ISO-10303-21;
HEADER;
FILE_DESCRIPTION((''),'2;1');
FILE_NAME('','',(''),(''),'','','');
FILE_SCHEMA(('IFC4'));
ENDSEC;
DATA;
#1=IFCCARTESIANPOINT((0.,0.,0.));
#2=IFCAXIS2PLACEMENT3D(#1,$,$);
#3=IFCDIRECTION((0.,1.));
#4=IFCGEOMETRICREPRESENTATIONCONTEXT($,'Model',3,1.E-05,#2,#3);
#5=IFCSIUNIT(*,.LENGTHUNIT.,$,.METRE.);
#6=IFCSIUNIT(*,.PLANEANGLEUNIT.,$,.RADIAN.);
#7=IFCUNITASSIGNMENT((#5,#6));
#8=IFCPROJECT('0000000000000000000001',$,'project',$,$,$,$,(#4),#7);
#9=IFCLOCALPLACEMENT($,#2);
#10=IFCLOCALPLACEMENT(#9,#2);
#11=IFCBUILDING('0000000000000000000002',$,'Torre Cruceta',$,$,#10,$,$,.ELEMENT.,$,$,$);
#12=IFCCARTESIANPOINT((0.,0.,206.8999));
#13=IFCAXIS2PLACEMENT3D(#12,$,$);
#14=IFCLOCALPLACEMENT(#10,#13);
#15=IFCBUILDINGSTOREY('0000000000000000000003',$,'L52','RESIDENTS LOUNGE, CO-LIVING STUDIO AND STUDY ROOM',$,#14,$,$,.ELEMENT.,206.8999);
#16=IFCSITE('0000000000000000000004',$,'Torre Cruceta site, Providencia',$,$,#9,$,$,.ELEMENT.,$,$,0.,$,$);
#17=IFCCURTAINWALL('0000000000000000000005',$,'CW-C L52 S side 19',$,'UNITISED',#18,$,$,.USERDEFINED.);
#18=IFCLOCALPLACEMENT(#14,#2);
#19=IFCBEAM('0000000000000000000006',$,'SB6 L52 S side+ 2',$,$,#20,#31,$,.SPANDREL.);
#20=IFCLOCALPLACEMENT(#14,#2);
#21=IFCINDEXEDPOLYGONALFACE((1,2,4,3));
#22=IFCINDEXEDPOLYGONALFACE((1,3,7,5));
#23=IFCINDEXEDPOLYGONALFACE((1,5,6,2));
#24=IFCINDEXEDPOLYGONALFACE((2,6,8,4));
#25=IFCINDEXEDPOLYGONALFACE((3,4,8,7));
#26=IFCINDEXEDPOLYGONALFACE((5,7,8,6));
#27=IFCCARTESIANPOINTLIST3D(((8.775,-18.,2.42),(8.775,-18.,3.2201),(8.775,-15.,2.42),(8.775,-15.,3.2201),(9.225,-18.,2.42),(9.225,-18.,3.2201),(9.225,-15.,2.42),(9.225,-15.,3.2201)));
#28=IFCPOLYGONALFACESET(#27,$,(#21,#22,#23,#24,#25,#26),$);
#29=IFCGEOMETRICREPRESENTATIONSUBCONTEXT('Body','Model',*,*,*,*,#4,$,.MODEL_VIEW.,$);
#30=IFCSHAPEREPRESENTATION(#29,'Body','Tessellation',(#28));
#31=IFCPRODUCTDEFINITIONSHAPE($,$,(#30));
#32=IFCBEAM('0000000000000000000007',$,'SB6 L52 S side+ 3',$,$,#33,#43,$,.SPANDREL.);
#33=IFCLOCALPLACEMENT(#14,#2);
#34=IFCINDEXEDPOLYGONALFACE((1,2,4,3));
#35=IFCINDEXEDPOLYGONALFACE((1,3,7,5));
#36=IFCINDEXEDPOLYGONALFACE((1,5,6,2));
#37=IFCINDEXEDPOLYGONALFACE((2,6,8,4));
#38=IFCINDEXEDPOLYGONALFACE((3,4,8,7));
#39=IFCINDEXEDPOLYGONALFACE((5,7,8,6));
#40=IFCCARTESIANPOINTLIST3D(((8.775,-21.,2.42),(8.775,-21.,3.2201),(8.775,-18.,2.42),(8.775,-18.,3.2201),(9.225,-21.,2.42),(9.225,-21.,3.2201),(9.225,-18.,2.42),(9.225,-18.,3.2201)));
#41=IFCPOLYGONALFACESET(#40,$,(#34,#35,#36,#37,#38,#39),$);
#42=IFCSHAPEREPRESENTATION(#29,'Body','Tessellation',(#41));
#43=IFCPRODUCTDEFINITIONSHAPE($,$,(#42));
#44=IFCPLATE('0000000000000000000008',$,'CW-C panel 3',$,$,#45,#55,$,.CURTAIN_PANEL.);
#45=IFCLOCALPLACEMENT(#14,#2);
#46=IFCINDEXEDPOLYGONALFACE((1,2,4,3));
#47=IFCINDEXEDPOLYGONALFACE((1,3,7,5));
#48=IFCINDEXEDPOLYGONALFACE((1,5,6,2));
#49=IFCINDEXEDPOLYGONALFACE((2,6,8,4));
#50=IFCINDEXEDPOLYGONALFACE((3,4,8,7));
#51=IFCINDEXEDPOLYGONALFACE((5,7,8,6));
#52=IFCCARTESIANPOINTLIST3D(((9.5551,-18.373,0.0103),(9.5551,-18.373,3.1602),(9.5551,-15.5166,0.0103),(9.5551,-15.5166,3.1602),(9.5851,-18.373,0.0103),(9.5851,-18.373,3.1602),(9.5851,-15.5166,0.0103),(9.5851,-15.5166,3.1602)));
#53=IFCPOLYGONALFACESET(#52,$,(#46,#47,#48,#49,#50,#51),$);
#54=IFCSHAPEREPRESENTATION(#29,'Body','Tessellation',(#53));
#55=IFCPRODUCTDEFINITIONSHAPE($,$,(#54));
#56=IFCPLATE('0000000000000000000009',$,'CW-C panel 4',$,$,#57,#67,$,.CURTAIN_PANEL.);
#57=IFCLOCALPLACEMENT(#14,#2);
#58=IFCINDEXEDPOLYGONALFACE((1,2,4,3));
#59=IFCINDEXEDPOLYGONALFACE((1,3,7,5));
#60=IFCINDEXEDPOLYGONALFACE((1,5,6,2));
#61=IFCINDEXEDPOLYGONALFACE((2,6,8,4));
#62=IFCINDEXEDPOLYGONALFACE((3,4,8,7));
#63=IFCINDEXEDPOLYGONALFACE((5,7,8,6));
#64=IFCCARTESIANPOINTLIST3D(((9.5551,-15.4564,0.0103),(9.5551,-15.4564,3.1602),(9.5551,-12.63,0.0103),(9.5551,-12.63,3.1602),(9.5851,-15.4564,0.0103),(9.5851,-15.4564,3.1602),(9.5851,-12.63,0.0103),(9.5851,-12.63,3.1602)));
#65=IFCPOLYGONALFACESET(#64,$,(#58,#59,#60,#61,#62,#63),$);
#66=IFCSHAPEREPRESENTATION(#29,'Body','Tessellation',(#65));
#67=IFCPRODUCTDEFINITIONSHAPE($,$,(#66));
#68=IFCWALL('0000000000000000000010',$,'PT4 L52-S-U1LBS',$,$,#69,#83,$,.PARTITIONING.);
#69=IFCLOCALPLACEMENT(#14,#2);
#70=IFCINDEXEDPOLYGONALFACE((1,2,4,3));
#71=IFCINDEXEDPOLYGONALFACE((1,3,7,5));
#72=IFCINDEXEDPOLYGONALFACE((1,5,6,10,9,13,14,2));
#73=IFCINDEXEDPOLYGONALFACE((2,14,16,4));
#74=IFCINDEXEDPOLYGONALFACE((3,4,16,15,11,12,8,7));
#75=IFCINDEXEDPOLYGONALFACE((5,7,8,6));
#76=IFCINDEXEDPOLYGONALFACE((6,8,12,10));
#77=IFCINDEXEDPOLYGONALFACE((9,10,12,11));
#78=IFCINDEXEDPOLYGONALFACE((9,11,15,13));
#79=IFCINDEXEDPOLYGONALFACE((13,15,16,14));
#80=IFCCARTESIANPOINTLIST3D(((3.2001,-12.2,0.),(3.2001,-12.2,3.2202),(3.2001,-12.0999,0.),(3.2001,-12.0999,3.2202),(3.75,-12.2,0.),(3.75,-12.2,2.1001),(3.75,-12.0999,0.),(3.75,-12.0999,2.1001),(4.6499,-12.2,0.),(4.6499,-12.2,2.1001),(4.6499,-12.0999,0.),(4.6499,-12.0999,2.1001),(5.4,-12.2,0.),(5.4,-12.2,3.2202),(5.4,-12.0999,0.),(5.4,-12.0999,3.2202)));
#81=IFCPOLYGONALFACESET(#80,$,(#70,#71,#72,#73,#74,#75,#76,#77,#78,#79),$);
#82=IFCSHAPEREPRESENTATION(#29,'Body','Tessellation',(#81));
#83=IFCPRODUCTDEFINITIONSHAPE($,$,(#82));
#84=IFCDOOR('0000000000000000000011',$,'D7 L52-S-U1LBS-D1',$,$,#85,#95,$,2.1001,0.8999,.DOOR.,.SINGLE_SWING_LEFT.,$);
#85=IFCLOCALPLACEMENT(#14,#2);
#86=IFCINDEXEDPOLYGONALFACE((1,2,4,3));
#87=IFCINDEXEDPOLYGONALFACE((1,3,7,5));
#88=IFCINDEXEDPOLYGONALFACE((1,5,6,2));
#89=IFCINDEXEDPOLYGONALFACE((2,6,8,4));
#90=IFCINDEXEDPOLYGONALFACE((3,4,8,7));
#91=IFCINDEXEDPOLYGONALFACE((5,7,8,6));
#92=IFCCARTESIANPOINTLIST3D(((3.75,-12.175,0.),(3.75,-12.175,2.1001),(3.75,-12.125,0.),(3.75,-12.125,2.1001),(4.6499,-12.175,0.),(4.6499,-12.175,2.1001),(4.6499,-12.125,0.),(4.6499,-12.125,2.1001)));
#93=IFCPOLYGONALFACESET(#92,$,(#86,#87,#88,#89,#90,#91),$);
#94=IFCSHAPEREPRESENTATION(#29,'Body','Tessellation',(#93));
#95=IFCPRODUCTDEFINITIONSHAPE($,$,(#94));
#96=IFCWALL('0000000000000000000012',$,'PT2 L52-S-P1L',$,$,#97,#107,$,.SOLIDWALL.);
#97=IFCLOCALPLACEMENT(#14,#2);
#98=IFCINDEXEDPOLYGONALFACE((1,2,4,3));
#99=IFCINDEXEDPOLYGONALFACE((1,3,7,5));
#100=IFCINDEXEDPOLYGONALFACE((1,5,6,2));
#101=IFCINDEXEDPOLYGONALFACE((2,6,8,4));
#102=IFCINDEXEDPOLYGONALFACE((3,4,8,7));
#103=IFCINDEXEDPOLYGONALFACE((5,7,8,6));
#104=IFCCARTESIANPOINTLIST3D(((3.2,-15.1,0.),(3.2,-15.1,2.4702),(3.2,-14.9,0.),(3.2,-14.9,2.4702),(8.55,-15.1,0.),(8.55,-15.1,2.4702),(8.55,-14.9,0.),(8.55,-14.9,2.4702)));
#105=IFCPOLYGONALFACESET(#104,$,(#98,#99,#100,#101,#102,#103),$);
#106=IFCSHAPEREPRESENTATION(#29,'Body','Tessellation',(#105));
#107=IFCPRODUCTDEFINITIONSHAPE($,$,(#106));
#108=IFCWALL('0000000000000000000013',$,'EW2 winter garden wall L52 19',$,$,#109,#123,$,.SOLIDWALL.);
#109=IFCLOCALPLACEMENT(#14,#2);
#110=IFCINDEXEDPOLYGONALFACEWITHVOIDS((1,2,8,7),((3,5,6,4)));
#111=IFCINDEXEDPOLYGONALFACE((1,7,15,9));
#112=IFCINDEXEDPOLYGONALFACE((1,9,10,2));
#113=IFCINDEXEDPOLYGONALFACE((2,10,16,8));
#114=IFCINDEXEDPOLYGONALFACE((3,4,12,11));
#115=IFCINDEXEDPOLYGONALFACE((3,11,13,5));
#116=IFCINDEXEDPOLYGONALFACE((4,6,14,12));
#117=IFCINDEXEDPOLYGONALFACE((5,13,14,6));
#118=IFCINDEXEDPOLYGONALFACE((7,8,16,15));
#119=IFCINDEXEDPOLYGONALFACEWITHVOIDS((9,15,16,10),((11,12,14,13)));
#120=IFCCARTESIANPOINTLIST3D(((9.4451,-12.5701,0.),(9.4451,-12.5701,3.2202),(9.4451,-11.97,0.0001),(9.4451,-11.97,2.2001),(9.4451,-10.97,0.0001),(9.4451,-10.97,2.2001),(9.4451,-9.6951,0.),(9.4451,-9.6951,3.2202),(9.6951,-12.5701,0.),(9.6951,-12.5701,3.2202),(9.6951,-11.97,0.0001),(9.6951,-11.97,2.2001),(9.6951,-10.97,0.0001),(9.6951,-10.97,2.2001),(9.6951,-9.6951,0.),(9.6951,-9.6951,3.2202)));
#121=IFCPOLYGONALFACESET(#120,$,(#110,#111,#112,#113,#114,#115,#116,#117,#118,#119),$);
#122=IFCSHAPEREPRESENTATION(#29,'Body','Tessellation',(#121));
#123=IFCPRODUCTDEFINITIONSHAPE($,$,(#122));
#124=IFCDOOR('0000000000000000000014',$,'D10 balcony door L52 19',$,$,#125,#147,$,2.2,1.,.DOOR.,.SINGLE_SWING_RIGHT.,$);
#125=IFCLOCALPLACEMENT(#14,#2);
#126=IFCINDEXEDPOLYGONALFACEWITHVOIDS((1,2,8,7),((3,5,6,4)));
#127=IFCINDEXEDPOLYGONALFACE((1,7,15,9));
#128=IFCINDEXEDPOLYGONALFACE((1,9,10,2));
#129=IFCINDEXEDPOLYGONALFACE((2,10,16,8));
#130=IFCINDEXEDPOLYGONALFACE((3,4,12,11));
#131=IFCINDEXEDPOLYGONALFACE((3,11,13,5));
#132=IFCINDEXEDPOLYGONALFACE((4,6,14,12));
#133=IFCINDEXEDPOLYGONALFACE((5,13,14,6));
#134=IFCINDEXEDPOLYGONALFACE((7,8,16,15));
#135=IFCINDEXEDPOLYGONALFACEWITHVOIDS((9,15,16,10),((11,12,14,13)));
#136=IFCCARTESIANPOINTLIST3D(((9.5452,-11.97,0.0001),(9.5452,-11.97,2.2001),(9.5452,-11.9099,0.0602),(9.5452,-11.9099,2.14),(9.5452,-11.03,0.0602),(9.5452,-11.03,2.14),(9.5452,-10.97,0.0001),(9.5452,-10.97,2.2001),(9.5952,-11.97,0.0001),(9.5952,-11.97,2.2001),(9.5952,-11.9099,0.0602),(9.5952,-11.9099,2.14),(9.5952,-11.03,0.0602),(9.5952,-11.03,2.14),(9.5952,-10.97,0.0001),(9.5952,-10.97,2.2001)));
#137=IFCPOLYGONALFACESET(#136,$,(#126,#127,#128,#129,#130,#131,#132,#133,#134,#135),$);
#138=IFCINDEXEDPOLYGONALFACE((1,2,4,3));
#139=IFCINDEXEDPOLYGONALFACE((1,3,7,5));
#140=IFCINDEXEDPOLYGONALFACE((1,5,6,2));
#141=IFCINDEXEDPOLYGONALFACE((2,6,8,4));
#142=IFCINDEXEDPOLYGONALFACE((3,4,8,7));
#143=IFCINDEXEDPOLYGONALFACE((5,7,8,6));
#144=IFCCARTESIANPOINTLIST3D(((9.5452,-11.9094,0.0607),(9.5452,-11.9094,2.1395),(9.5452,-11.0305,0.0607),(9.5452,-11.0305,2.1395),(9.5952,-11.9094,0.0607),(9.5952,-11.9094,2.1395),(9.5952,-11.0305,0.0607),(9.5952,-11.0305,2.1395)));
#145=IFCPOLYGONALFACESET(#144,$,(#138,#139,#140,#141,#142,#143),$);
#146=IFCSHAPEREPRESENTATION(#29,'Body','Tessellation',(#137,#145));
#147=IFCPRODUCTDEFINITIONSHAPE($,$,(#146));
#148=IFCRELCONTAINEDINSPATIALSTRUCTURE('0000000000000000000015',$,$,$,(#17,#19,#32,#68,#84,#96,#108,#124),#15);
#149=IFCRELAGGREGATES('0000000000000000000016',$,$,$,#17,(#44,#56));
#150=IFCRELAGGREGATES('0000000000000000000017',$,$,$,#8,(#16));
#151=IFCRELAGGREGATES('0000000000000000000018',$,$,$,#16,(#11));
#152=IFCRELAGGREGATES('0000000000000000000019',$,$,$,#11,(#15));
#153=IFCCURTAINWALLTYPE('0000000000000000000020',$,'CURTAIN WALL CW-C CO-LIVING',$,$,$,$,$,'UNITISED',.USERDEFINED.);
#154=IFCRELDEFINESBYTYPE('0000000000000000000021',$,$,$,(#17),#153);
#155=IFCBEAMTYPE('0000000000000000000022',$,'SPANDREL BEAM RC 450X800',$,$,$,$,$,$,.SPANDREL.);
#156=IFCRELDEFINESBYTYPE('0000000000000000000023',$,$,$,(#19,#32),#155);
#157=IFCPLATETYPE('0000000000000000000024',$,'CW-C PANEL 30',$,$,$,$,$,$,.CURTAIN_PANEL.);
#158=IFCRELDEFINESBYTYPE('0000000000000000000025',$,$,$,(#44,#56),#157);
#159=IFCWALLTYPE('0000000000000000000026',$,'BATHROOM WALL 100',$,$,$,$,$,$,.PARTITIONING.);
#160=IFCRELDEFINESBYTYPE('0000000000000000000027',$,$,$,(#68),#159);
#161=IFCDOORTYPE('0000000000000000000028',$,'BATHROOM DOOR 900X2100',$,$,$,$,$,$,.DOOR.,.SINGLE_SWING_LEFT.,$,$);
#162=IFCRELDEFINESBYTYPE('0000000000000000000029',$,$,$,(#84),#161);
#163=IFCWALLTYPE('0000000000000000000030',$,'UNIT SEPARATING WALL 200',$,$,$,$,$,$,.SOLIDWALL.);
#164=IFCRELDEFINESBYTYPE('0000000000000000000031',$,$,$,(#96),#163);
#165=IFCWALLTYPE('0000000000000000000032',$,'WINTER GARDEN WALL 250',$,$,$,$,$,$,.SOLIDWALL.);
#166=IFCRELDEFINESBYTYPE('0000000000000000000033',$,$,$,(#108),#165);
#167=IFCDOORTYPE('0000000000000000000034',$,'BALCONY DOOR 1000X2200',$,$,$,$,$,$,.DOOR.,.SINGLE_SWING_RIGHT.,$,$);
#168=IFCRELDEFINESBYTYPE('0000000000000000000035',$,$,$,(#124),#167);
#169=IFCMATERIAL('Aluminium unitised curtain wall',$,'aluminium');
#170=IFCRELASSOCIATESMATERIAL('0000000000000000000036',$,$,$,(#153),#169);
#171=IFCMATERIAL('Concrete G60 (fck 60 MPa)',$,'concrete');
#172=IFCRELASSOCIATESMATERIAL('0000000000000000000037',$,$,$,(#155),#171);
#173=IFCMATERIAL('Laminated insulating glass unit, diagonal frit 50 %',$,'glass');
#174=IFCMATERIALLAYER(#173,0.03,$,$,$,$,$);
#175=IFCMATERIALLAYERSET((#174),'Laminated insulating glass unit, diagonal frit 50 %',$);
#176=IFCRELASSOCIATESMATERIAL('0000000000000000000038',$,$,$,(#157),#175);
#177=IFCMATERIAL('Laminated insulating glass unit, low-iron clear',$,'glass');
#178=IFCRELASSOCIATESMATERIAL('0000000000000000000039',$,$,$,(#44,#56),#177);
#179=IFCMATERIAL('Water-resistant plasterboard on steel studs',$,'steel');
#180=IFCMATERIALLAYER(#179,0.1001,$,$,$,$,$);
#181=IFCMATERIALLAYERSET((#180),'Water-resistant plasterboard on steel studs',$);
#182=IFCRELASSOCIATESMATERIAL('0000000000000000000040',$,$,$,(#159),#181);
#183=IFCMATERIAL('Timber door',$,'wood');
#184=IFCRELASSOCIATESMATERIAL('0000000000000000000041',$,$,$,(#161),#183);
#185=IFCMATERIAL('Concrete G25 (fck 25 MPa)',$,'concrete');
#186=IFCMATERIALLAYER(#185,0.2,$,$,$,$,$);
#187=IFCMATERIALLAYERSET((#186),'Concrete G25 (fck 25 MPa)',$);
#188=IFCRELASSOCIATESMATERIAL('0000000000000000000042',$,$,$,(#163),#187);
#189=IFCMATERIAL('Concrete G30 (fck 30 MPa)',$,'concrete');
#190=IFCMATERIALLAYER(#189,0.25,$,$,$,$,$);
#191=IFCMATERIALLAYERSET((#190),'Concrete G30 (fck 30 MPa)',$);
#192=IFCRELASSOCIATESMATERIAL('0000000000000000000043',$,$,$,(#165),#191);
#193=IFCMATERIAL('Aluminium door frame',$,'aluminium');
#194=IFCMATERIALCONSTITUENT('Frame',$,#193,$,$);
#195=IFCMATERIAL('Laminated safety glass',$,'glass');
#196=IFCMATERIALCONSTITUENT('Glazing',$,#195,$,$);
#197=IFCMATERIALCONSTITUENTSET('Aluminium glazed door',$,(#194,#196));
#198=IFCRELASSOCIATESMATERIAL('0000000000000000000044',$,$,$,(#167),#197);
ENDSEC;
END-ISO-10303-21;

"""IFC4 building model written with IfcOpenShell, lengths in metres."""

from ifc_helpers import new_model, si_unit, direction, frame, frame_2d, origin, origin_2d, place, context, subcontext, project, spatial, rectangle, hollow_rectangle, extrude, material, layer, layer_set, constituent, constituent_set, material_profile, profile_set, type_object, element, fill, aggregate, save


model = new_model("IFC4")

# Units and contexts
model_context = context("Model", 3, precision=1e-05, world=origin(), true_north=direction((0.0, 1.0)))
body_context = subcontext(model_context, "Body", "Model", "MODEL_VIEW")
ifc_project = project(units=[si_unit("LENGTHUNIT", "METRE"), si_unit("PLANEANGLEUNIT", "RADIAN")], contexts=[model_context])

# Site, building, storey
site_placement = place(None, origin())
site = spatial("IfcSite", under=ifc_project, at=site_placement, Name="Torre Cruceta site, Providencia", CompositionType="ELEMENT", RefElevation=0.0)
building_placement = place(site_placement, origin())
building = spatial("IfcBuilding", under=site, at=building_placement, Name="Torre Cruceta", CompositionType="ELEMENT")
storey_placement = place(building_placement, frame((0.0, 0.0, 206.8999)))
storey = spatial("IfcBuildingStorey", under=building, at=storey_placement, Name="L52", Description="RESIDENTS LOUNGE, CO-LIVING STUDIO AND STUDY ROOM", CompositionType="ELEMENT", Elevation=206.8999)

# Curtain wall
ifc_material_1 = material(Name="Aluminium unitised curtain wall", Category="aluminium")
curtain_wall_type = type_object("IfcCurtainWallType", Name="CURTAIN WALL CW-C CO-LIVING", ElementType="UNITISED", PredefinedType="USERDEFINED", material=ifc_material_1)
curtain_wall_placement = place(storey_placement, origin())
curtain_wall = element("IfcCurtainWall", 1, at=curtain_wall_placement, inside=storey, type_object=curtain_wall_type, Name="CW-C L52 S side 19", ObjectType="UNITISED", PredefinedType="USERDEFINED")

# Beams
ifc_material_2 = material(Name="Concrete G60 (fck 60 MPa)", Category="concrete")
ifc_material_profile_1 = material_profile(ifc_material_2, rectangle(XDim=0.45, YDim=0.8, at=origin_2d()), Name="RC 450X800")
ifc_profile_set_1 = profile_set([ifc_material_profile_1], Name="Concrete G60 (fck 60 MPa)")
beam_type_1 = type_object("IfcBeamType", Name="SPANDREL BEAM RC 450X800", PredefinedType="SPANDREL", material=ifc_profile_set_1)
for number, where, z_axis, x_axis, name in (
    (2, (9.0, -15.0, 2.8201), (0.0, -1.0, 0.0), (1.0, 0.0, 0.0), "SB6 L52 S side+ 2"),
    (3, (9.0, -18.0, 2.8201), (0.0, -1.0, 0.0), (1.0, 0.0, 0.0), "SB6 L52 S side+ 3"),
):
    element("IfcBeam", number, at=place(storey_placement, frame(where, z_axis=z_axis, x_axis=x_axis)), inside=storey, type_object=beam_type_1, Name=name, PredefinedType="SPANDREL", context=body_context, shape_type="SweptSolid", body=[
        extrude(rectangle(XDim=0.45, YDim=0.8, at=origin_2d()), origin(), (0.0, 0.0, 1.0), 3.0),
    ])

# Plates
ifc_material_3 = material(Name="Laminated insulating glass unit, low-iron clear", Category="glass")
ifc_material_4 = material(Name="Laminated insulating glass unit, diagonal frit 50 %", Category="glass")
ifc_layer_1 = layer(ifc_material_4, 0.03)
ifc_layer_set_1 = layer_set([ifc_layer_1], Name="Laminated insulating glass unit, diagonal frit 50 %")
plate_type = type_object("IfcPlateType", Name="CW-C PANEL 30", PredefinedType="CURTAIN_PANEL", material=ifc_layer_set_1)
plate_1_placement = place(storey_placement, frame((9.5701, -16.9448, 0.0103), z_axis=(0.0, 0.0, 1.0), x_axis=(0.0, 1.0, 0.0)))
plate_1 = element("IfcPlate", 4, at=plate_1_placement, type_object=plate_type, material=ifc_material_3, Name="CW-C panel 3", PredefinedType="CURTAIN_PANEL", context=body_context, shape_type="SweptSolid", body=[
    extrude(rectangle(XDim=2.8564, YDim=0.03, at=origin_2d()), origin(), (0.0, 0.0, 1.0), 3.1499),
])
plate_2_placement = place(storey_placement, frame((9.5701, -14.0432, 0.0103), z_axis=(0.0, 0.0, 1.0), x_axis=(0.0, 1.0, 0.0)))
plate_2 = element("IfcPlate", 5, at=plate_2_placement, type_object=plate_type, material=ifc_material_3, Name="CW-C panel 4", PredefinedType="CURTAIN_PANEL", context=body_context, shape_type="SweptSolid", body=[
    extrude(rectangle(XDim=2.8264, YDim=0.03, at=origin_2d()), origin(), (0.0, 0.0, 1.0), 3.1499),
])
aggregate(curtain_wall, [plate_1, plate_2])

# Wall, opening, door
ifc_material_5 = material(Name="Water-resistant plasterboard on steel studs", Category="steel")
ifc_layer_2 = layer(ifc_material_5, 0.1001)
ifc_layer_set_2 = layer_set([ifc_layer_2], Name="Water-resistant plasterboard on steel studs")
wall_type_1 = type_object("IfcWallType", Name="BATHROOM WALL 100", PredefinedType="PARTITIONING", material=ifc_layer_set_2)
wall_1_placement = place(storey_placement, frame((3.2, -12.1499, 0.0), z_axis=(0.0, 0.0, 1.0), x_axis=(1.0, 0.0, 0.0)))
wall_1 = element("IfcWall", 6, at=wall_1_placement, inside=storey, type_object=wall_type_1, Name="PT4 L52-S-U1LBS", PredefinedType="PARTITIONING", context=body_context, shape_type="SweptSolid", body=[
    extrude(rectangle(XDim=2.2, YDim=0.1001, at=frame_2d((1.1001, 0.0))), origin(), (0.0, 0.0, 1.0), 3.2202),
])
opening_1_placement = place(wall_1_placement, frame((0.55, 0.0, 0.0)))
opening_1 = element("IfcOpeningElement", 7, at=opening_1_placement, cuts=wall_1, PredefinedType="OPENING", context=body_context, shape_type="SweptSolid", body=[
    extrude(rectangle(XDim=0.8999, YDim=2.1001, at=frame_2d((0.45, 1.05))), frame((0.0, 0.0601, 0.0), z_axis=(0.0, -1.0, 0.0), x_axis=(1.0, 0.0, 0.0)), (0.0, 0.0, 1.0), 0.1201),
])
ifc_material_6 = material(Name="Timber door", Category="wood")
door_type_1 = type_object("IfcDoorType", Name="BATHROOM DOOR 900X2100", OperationType="SINGLE_SWING_LEFT", PredefinedType="DOOR", material=ifc_material_6)
door_1_placement = place(opening_1_placement, origin())
door_1 = element("IfcDoor", 8, at=door_1_placement, inside=storey, type_object=door_type_1, Name="D7 L52-S-U1LBS-D1", OperationType="SINGLE_SWING_LEFT", OverallHeight=2.1001, OverallWidth=0.8999, PredefinedType="DOOR", context=body_context, shape_type="SweptSolid", body=[
    extrude(rectangle(XDim=0.8999, YDim=2.1001, at=frame_2d((0.45, 1.05))), frame((0.0, 0.0249, 0.0), z_axis=(0.0, -1.0, 0.0), x_axis=(1.0, 0.0, 0.0)), (0.0, 0.0, 1.0), 0.05),
])
fill(opening_1, door_1)

# Wall
ifc_material_7 = material(Name="Concrete G25 (fck 25 MPa)", Category="concrete")
ifc_layer_3 = layer(ifc_material_7, 0.2)
ifc_layer_set_3 = layer_set([ifc_layer_3], Name="Concrete G25 (fck 25 MPa)")
wall_type_2 = type_object("IfcWallType", Name="UNIT SEPARATING WALL 200", PredefinedType="SOLIDWALL", material=ifc_layer_set_3)
wall_2_placement = place(storey_placement, frame((3.2, -15.0, 0.0), z_axis=(0.0, 0.0, 1.0), x_axis=(1.0, 0.0, 0.0)))
element("IfcWall", 9, at=wall_2_placement, inside=storey, type_object=wall_type_2, Name="PT2 L52-S-P1L", PredefinedType="SOLIDWALL", context=body_context, shape_type="SweptSolid", body=[
    extrude(rectangle(XDim=5.3501, YDim=0.2, at=frame_2d((2.675, 0.0))), origin(), (0.0, 0.0, 1.0), 2.4702),
])

# Wall, opening, door
ifc_material_8 = material(Name="Concrete G30 (fck 30 MPa)", Category="concrete")
ifc_layer_4 = layer(ifc_material_8, 0.25)
ifc_layer_set_4 = layer_set([ifc_layer_4], Name="Concrete G30 (fck 30 MPa)")
wall_type_3 = type_object("IfcWallType", Name="WINTER GARDEN WALL 250", PredefinedType="SOLIDWALL", material=ifc_layer_set_4)
wall_3_placement = place(storey_placement, frame((9.5701, -12.5701, 0.0), z_axis=(0.0, 0.0, 1.0), x_axis=(0.0, 1.0, 0.0)))
wall_3 = element("IfcWall", 10, at=wall_3_placement, inside=storey, type_object=wall_type_3, Name="EW2 winter garden wall L52 19", PredefinedType="SOLIDWALL", context=body_context, shape_type="SweptSolid", body=[
    extrude(rectangle(XDim=2.875, YDim=0.25, at=frame_2d((1.4375, 0.0))), origin(), (0.0, 0.0, 1.0), 3.2202),
])
opening_2_placement = place(wall_3_placement, frame((0.6001, 0.0, 0.0)))
opening_2 = element("IfcOpeningElement", 11, at=opening_2_placement, cuts=wall_3, PredefinedType="OPENING", context=body_context, shape_type="SweptSolid", body=[
    extrude(rectangle(XDim=1.0, YDim=2.2, at=frame_2d((0.5, 1.1001))), frame((0.0, 0.135, 0.0), z_axis=(0.0, -1.0, 0.0), x_axis=(1.0, 0.0, 0.0)), (0.0, 0.0, 1.0), 0.27),
])
ifc_material_9 = material(Name="Aluminium door frame", Category="aluminium")
ifc_constituent_1 = constituent(ifc_material_9, Name="Frame")
ifc_material_10 = material(Name="Laminated safety glass", Category="glass")
ifc_constituent_2 = constituent(ifc_material_10, Name="Glazing")
ifc_constituent_set_1 = constituent_set(constituents=[ifc_constituent_1, ifc_constituent_2], Name="Aluminium glazed door")
door_type_2 = type_object("IfcDoorType", Name="BALCONY DOOR 1000X2200", OperationType="SINGLE_SWING_RIGHT", PredefinedType="DOOR", material=ifc_constituent_set_1)
door_2_placement = place(opening_2_placement, origin())
door_2 = element("IfcDoor", 12, at=door_2_placement, inside=storey, type_object=door_type_2, Name="D10 balcony door L52 19", OperationType="SINGLE_SWING_RIGHT", OverallHeight=2.2, OverallWidth=1.0, PredefinedType="DOOR", context=body_context, shape_type="SweptSolid", body=[
    extrude(hollow_rectangle(XDim=1.0, YDim=2.2, WallThickness=0.0601, at=frame_2d((0.5, 1.1001))), frame((0.0, 0.0249, 0.0), z_axis=(0.0, -1.0, 0.0), x_axis=(1.0, 0.0, 0.0)), (0.0, 0.0, 1.0), 0.05),
    extrude(rectangle(XDim=0.8789, YDim=2.0789, at=frame_2d((0.5, 1.1001))), frame((0.0, 0.0249, 0.0), z_axis=(0.0, -1.0, 0.0), x_axis=(1.0, 0.0, 0.0)), (0.0, 0.0, 1.0), 0.05),
])
fill(opening_2, door_2)

save(model, "model.ifc")
